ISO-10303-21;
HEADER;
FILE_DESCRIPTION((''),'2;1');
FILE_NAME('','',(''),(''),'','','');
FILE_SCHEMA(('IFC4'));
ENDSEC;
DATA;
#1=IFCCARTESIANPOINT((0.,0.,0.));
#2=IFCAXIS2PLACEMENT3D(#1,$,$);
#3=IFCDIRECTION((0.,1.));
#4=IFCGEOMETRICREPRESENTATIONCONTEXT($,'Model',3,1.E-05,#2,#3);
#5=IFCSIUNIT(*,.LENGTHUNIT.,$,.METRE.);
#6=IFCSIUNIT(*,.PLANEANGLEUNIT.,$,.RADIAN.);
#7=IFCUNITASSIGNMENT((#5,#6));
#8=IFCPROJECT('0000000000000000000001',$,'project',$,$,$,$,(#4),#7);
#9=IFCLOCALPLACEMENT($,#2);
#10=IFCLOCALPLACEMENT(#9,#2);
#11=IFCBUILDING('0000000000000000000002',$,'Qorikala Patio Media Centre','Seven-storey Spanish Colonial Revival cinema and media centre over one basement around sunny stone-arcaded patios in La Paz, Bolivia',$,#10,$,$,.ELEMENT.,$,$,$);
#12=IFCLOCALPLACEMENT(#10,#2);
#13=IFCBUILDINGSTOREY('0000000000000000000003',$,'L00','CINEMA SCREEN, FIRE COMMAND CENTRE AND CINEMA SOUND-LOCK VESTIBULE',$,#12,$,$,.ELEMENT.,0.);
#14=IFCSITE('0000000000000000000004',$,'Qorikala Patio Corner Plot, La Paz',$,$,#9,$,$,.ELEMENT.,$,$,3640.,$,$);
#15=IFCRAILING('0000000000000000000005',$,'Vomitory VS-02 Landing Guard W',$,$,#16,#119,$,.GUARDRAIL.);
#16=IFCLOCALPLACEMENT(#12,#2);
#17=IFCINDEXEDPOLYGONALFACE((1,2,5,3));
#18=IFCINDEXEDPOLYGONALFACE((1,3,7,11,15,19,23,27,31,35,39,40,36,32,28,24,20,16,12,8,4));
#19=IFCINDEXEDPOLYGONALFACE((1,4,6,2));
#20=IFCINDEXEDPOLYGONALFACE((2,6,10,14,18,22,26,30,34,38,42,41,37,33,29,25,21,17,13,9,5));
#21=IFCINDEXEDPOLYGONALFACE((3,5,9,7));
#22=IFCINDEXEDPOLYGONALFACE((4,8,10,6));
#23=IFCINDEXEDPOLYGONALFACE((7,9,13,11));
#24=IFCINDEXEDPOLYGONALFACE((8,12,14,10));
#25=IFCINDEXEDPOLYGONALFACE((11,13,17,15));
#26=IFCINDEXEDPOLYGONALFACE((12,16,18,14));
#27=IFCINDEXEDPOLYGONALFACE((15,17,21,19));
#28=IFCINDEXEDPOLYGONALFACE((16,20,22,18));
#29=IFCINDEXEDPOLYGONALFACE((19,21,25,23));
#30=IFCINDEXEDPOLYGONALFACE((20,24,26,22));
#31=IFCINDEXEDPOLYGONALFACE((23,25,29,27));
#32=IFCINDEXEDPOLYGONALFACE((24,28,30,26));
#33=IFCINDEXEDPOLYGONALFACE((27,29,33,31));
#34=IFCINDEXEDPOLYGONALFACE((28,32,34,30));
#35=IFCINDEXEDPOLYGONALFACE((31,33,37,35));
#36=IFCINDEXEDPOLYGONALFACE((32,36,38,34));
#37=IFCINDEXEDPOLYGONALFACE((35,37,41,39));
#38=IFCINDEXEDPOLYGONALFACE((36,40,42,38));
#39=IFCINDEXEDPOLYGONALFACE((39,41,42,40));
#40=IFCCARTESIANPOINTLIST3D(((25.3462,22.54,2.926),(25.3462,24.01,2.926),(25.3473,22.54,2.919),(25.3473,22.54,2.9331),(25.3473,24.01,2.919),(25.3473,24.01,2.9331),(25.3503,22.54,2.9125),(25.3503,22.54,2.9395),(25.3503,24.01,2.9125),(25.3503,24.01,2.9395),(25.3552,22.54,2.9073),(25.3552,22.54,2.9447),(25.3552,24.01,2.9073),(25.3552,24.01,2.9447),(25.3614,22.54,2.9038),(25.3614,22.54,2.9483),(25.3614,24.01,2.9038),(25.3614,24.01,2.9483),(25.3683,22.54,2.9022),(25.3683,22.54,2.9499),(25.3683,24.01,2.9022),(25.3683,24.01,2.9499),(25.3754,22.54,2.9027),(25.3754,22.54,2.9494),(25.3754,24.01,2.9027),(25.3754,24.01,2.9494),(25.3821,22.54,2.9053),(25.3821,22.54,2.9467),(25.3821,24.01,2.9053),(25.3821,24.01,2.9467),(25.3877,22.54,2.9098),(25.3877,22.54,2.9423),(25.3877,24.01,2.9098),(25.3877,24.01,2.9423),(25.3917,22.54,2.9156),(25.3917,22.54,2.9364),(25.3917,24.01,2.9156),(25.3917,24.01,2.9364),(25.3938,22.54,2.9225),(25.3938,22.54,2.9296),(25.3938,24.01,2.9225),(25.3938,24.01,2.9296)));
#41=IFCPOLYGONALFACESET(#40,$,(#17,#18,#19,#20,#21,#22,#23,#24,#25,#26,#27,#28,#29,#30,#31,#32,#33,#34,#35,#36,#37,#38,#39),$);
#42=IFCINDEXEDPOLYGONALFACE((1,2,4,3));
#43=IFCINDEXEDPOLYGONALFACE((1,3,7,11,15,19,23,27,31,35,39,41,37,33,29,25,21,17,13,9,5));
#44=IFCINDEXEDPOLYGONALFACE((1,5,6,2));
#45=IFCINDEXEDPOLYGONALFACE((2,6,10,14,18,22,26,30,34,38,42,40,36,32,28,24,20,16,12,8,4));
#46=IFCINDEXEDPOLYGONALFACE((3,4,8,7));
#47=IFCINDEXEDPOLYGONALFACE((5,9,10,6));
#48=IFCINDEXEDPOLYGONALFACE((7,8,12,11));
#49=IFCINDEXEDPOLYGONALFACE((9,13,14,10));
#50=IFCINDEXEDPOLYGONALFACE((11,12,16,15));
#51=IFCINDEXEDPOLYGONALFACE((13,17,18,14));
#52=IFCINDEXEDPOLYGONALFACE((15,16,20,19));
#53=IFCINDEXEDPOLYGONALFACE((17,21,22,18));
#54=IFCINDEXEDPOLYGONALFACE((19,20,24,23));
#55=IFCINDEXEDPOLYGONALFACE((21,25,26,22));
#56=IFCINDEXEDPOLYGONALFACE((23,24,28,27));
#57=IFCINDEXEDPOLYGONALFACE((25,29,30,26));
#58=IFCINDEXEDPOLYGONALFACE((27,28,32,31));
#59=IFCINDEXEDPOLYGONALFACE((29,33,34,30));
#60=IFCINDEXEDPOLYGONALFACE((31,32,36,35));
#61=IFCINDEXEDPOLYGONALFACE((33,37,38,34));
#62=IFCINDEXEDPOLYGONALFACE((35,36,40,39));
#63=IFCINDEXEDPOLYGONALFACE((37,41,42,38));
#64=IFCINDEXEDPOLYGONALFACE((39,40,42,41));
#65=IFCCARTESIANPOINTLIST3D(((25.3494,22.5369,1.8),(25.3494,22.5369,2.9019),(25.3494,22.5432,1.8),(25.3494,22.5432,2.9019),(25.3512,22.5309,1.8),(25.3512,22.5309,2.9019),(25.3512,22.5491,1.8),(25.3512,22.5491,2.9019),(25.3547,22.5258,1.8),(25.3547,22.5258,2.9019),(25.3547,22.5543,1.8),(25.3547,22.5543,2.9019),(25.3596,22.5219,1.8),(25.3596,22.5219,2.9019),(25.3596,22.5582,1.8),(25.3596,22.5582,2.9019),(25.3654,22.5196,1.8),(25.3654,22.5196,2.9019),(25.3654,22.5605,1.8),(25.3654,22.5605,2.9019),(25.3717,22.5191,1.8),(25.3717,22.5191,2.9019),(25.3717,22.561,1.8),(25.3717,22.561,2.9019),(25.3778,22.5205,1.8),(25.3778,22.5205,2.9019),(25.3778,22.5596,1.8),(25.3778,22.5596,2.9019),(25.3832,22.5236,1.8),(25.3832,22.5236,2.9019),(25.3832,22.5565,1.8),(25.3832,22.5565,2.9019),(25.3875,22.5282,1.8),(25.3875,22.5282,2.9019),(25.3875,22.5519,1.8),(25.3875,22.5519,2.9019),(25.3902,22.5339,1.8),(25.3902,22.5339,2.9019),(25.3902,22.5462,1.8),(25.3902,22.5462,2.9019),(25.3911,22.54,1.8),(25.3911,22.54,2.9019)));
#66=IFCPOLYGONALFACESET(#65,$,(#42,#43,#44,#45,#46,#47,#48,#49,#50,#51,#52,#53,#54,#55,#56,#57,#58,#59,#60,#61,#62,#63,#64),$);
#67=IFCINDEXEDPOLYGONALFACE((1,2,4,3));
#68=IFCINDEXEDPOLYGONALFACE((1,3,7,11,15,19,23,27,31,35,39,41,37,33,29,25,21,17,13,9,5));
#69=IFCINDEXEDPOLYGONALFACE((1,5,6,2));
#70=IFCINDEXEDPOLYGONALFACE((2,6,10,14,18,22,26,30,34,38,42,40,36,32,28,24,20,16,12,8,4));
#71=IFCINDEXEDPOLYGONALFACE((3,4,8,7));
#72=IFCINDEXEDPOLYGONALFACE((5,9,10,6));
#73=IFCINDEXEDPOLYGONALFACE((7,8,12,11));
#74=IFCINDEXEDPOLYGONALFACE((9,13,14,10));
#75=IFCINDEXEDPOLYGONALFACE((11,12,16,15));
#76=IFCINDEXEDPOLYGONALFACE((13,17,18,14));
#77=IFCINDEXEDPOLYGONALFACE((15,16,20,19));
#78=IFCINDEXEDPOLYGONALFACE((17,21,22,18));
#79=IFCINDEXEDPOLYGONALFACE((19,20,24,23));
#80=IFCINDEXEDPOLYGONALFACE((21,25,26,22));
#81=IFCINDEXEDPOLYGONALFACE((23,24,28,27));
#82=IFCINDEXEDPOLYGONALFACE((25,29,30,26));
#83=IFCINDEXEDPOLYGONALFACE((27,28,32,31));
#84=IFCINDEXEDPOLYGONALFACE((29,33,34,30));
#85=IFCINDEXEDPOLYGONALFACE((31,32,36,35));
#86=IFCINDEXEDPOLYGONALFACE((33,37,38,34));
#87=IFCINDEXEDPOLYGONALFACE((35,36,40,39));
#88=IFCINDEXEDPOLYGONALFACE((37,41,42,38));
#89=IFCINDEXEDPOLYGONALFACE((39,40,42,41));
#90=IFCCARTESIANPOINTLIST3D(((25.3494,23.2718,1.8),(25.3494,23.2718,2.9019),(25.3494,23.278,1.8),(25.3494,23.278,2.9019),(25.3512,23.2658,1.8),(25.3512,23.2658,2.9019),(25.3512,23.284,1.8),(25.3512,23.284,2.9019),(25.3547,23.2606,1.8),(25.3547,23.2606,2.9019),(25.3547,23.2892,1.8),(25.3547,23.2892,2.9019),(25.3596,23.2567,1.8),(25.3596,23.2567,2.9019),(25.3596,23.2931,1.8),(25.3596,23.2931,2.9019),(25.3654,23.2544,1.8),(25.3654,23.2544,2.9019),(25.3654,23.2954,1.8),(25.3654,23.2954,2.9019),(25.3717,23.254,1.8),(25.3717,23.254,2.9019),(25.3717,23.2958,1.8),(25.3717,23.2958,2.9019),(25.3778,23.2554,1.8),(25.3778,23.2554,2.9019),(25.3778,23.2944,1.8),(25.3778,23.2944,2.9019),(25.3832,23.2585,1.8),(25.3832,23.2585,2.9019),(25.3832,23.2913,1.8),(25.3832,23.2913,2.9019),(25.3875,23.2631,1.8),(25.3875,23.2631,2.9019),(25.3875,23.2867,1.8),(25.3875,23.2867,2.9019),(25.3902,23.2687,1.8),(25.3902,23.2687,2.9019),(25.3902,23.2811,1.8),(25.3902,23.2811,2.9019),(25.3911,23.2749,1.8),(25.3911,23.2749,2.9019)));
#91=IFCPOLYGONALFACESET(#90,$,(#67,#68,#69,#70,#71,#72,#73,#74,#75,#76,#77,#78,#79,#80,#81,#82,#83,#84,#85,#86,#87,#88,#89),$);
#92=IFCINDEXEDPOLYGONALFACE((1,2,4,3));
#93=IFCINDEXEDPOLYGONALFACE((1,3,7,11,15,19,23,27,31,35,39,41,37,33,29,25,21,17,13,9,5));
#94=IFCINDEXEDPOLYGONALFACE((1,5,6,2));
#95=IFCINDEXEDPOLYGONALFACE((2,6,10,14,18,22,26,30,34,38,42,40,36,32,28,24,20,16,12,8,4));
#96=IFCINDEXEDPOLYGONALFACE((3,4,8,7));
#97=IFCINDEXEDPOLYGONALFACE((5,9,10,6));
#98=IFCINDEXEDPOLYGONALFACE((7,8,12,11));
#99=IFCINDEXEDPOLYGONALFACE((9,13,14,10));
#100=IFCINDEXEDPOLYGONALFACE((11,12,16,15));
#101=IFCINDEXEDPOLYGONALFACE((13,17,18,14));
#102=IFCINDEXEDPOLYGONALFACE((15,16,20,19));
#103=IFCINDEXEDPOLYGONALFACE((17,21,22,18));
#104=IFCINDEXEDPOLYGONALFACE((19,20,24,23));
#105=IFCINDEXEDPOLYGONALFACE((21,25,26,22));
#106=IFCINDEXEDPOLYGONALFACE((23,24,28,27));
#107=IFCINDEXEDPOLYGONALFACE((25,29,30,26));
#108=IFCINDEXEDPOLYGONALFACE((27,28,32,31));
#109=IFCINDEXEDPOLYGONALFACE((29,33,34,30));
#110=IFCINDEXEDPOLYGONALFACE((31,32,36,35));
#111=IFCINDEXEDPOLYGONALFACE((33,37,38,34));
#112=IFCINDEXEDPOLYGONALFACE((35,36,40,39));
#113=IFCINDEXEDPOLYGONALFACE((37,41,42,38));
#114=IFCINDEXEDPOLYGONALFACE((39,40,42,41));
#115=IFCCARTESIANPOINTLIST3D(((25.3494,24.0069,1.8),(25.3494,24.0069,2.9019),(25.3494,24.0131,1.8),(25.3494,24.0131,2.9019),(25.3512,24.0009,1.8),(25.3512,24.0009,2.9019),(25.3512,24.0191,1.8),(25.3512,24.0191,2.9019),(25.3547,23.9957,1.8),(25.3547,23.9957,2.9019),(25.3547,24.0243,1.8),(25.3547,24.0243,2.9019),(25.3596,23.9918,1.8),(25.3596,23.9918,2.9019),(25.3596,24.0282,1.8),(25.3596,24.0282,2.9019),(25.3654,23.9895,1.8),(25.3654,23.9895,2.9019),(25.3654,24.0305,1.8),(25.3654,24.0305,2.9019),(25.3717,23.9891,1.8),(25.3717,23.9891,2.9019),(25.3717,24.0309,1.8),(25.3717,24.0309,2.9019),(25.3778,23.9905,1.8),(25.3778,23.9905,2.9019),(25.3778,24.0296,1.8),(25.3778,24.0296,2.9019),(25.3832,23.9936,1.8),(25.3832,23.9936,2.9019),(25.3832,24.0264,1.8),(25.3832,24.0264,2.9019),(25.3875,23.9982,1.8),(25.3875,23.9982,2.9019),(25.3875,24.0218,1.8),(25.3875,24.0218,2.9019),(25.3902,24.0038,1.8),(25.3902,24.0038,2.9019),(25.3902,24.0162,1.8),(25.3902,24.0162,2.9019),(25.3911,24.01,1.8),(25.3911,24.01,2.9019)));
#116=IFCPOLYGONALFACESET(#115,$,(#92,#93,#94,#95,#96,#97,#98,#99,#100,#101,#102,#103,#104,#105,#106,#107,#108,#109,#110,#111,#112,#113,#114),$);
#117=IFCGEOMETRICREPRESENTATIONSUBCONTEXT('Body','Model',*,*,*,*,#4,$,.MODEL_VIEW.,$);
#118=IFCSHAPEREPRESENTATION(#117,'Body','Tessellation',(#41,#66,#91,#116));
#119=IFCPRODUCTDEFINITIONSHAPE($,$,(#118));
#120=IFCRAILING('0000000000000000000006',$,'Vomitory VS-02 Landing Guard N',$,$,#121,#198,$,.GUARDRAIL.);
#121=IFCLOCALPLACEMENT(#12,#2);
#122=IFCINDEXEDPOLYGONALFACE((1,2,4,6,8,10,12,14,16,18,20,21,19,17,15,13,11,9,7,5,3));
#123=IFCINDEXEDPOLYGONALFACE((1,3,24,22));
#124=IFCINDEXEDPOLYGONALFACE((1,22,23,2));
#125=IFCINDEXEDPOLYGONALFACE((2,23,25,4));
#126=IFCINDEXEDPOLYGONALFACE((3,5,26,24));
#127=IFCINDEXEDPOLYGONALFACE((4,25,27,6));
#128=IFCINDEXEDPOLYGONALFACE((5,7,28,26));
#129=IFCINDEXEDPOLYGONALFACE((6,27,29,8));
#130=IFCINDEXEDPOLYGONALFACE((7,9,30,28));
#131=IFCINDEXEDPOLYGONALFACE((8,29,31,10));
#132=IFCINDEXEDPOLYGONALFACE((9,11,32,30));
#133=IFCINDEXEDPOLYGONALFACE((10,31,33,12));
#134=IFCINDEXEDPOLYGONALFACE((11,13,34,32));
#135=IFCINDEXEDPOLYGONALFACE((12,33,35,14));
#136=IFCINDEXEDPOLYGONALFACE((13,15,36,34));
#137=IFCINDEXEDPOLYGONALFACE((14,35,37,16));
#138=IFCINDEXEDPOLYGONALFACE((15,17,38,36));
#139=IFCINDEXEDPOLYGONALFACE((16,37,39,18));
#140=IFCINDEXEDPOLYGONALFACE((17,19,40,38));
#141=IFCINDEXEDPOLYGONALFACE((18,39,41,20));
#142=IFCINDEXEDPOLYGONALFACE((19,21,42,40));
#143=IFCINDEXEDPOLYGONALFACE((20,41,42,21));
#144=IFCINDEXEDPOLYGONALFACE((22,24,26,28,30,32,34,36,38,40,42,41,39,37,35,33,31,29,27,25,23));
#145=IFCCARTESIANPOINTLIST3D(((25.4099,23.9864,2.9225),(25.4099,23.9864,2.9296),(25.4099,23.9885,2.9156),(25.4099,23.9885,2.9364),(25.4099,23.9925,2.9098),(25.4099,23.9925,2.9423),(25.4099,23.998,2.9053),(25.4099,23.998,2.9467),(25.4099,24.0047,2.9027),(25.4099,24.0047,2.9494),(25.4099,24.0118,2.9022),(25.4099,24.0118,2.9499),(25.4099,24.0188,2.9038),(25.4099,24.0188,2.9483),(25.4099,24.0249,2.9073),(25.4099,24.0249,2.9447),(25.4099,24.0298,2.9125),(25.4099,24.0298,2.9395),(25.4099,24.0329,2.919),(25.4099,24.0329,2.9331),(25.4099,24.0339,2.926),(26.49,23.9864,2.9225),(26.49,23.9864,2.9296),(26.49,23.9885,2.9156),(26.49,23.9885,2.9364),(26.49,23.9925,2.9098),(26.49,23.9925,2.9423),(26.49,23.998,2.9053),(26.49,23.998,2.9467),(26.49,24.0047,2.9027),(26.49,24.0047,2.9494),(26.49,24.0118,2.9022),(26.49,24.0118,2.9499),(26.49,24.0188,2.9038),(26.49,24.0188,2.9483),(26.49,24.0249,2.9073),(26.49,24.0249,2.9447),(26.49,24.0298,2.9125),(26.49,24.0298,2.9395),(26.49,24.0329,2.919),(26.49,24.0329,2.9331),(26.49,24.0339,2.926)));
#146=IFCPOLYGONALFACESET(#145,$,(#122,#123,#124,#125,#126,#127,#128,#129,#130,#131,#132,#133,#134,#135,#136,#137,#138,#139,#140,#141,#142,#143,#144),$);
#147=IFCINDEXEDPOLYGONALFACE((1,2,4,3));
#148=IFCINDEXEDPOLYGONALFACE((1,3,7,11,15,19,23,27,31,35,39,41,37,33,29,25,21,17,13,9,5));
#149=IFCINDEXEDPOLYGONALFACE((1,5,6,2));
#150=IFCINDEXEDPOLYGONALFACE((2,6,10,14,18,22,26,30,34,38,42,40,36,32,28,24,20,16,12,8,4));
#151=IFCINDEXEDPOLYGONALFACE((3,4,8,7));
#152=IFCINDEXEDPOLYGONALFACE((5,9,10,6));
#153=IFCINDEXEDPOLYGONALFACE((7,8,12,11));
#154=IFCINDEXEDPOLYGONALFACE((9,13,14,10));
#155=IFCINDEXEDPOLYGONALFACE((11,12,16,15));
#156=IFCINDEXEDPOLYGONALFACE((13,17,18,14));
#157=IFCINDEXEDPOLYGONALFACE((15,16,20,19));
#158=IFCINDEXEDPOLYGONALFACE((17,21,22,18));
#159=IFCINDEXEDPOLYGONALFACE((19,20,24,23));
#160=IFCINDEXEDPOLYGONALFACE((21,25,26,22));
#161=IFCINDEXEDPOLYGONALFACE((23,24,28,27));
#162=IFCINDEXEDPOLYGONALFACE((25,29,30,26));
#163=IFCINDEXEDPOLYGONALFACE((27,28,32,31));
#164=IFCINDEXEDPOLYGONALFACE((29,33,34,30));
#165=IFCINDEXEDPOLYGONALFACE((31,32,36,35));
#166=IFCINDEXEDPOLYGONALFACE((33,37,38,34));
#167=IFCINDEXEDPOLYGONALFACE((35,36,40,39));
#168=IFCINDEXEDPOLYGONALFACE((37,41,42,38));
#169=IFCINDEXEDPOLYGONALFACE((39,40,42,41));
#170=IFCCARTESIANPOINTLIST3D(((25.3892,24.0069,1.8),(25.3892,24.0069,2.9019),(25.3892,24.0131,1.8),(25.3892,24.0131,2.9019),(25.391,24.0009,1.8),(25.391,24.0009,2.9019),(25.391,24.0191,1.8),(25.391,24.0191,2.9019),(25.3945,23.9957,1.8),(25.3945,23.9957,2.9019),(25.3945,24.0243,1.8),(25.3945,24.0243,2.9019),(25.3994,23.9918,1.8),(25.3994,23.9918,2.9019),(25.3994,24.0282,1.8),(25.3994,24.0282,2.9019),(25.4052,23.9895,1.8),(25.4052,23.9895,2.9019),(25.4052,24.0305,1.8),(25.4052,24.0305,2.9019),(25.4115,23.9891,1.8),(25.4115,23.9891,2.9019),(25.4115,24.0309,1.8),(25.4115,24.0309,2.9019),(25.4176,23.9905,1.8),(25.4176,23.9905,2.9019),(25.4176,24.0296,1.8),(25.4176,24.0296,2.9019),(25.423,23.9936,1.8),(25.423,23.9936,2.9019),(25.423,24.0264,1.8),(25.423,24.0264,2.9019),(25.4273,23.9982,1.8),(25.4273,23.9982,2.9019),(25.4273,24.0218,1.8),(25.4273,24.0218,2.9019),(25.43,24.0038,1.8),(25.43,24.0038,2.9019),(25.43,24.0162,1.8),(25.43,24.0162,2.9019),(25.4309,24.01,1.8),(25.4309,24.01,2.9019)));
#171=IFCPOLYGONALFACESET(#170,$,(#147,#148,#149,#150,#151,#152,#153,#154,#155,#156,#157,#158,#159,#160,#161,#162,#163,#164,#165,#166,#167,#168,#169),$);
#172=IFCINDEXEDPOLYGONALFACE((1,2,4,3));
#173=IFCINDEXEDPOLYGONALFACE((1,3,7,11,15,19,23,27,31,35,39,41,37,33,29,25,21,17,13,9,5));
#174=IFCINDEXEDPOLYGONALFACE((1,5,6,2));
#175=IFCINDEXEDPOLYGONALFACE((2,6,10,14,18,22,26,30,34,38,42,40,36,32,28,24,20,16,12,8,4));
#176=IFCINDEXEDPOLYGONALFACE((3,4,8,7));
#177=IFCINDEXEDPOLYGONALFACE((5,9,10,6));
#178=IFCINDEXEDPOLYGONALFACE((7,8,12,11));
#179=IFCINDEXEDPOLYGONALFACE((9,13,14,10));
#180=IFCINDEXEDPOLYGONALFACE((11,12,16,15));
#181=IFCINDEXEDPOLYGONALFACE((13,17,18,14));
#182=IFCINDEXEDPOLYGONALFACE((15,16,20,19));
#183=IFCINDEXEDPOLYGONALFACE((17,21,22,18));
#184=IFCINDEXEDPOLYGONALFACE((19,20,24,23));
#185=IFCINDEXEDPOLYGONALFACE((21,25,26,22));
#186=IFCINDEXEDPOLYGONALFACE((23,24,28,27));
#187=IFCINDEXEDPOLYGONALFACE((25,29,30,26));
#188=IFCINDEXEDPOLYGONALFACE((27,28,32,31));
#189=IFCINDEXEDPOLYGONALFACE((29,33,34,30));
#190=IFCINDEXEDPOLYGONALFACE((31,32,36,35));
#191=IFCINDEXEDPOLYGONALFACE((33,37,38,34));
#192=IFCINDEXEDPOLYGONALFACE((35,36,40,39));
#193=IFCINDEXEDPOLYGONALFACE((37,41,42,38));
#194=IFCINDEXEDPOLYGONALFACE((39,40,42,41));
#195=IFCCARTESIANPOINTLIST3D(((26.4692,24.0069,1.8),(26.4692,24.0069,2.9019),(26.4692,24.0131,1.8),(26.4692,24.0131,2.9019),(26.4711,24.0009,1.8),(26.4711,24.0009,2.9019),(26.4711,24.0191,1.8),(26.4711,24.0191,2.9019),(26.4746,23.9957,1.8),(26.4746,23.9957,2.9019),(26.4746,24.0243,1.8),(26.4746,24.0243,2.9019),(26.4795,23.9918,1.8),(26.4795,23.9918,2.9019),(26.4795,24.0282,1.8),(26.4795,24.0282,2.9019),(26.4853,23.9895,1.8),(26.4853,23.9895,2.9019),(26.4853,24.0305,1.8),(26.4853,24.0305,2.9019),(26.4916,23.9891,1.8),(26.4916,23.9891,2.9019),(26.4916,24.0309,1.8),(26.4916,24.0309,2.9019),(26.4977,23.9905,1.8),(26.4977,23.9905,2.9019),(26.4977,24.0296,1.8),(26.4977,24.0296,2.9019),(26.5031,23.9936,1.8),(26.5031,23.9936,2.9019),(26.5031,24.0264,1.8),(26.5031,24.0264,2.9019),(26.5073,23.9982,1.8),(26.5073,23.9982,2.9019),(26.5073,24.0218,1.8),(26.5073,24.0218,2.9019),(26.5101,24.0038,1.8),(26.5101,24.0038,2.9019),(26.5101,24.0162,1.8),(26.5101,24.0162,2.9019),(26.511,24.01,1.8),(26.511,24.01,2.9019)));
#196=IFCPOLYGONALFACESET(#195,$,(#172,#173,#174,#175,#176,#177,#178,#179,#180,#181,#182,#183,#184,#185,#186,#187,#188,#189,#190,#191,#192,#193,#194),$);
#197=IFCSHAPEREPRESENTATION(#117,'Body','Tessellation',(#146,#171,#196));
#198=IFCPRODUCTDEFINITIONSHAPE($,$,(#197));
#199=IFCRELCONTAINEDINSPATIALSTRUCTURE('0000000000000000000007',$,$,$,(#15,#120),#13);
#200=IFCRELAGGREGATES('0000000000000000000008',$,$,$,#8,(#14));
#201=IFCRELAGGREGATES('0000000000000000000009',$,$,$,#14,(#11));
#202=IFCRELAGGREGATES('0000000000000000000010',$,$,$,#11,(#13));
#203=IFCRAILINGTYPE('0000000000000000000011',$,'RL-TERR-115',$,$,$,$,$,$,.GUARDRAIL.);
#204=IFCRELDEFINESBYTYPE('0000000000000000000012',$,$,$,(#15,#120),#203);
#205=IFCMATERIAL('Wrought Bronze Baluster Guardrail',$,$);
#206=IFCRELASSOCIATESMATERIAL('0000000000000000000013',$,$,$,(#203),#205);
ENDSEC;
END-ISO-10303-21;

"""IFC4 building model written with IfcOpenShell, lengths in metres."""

from ifc_helpers import new_model, si_unit, direction, frame, origin, origin_2d, place, context, subcontext, project, spatial, circle, extrude, material, type_object, element, save


model = new_model("IFC4")

# Units and contexts
model_context = context("Model", 3, precision=1e-05, world=origin(), true_north=direction((0.0, 1.0)))
body_context = subcontext(model_context, "Body", "Model", "MODEL_VIEW")
ifc_project = project(units=[si_unit("LENGTHUNIT", "METRE"), si_unit("PLANEANGLEUNIT", "RADIAN")], contexts=[model_context])

# Site, building, storey
site_placement = place(None, origin())
site = spatial("IfcSite", under=ifc_project, at=site_placement, Name="Qorikala Patio Corner Plot, La Paz", CompositionType="ELEMENT", RefElevation=3640.0)
building_placement = place(site_placement, origin())
building = spatial("IfcBuilding", under=site, at=building_placement, Name="Qorikala Patio Media Centre", Description="Seven-storey Spanish Colonial Revival cinema and media centre over one basement around sunny stone-arcaded patios in La Paz, Bolivia", CompositionType="ELEMENT")
storey_placement = place(building_placement, origin())
storey = spatial("IfcBuildingStorey", under=building, at=storey_placement, Name="L00", Description="CINEMA SCREEN, FIRE COMMAND CENTRE AND CINEMA SOUND-LOCK VESTIBULE", CompositionType="ELEMENT", Elevation=0.0)

# Railings
ifc_material_1 = material(Name="Wrought Bronze Baluster Guardrail")
railing_type_1 = type_object("IfcRailingType", Name="RL-TERR-115", PredefinedType="GUARDRAIL", material=ifc_material_1)
railing_1_placement = place(storey_placement, frame((25.3701, 22.54, 1.8)))
element("IfcRailing", 1, at=railing_1_placement, inside=storey, type_object=railing_type_1, Name="Vomitory VS-02 Landing Guard W", PredefinedType="GUARDRAIL", context=body_context, shape_type="SweptSolid", body=[
    extrude(circle(Radius=0.0239, at=origin_2d()), frame((0.0, 0.0, 1.126), z_axis=(0.0, 1.0, 0.0), x_axis=(-1.0, 0.0, 0.0)), (0.0, 0.0, 1.0), 1.47),
    extrude(circle(Radius=0.021, at=origin_2d()), origin(), (0.0, 0.0, 1.0), 1.1018),
    extrude(circle(Radius=0.021, at=origin_2d()), frame((0.0, 0.7349, 0.0)), (0.0, 0.0, 1.0), 1.1018),
    extrude(circle(Radius=0.021, at=origin_2d()), frame((0.0, 1.47, 0.0)), (0.0, 0.0, 1.0), 1.1018),
])
railing_2_placement = place(storey_placement, frame((25.4099, 24.01, 1.8)))
element("IfcRailing", 2, at=railing_2_placement, inside=storey, type_object=railing_type_1, Name="Vomitory VS-02 Landing Guard N", PredefinedType="GUARDRAIL", context=body_context, shape_type="SweptSolid", body=[
    extrude(circle(Radius=0.0239, at=origin_2d()), frame((0.0, 0.0, 1.126), z_axis=(1.0, 0.0, 0.0), x_axis=(0.0, 1.0, 0.0)), (0.0, 0.0, 1.0), 1.0801),
    extrude(circle(Radius=0.021, at=origin_2d()), origin(), (0.0, 0.0, 1.0), 1.1018),
    extrude(circle(Radius=0.021, at=origin_2d()), frame((1.0801, 0.0, 0.0)), (0.0, 0.0, 1.0), 1.1018),
])

save(model, "model.ifc")
